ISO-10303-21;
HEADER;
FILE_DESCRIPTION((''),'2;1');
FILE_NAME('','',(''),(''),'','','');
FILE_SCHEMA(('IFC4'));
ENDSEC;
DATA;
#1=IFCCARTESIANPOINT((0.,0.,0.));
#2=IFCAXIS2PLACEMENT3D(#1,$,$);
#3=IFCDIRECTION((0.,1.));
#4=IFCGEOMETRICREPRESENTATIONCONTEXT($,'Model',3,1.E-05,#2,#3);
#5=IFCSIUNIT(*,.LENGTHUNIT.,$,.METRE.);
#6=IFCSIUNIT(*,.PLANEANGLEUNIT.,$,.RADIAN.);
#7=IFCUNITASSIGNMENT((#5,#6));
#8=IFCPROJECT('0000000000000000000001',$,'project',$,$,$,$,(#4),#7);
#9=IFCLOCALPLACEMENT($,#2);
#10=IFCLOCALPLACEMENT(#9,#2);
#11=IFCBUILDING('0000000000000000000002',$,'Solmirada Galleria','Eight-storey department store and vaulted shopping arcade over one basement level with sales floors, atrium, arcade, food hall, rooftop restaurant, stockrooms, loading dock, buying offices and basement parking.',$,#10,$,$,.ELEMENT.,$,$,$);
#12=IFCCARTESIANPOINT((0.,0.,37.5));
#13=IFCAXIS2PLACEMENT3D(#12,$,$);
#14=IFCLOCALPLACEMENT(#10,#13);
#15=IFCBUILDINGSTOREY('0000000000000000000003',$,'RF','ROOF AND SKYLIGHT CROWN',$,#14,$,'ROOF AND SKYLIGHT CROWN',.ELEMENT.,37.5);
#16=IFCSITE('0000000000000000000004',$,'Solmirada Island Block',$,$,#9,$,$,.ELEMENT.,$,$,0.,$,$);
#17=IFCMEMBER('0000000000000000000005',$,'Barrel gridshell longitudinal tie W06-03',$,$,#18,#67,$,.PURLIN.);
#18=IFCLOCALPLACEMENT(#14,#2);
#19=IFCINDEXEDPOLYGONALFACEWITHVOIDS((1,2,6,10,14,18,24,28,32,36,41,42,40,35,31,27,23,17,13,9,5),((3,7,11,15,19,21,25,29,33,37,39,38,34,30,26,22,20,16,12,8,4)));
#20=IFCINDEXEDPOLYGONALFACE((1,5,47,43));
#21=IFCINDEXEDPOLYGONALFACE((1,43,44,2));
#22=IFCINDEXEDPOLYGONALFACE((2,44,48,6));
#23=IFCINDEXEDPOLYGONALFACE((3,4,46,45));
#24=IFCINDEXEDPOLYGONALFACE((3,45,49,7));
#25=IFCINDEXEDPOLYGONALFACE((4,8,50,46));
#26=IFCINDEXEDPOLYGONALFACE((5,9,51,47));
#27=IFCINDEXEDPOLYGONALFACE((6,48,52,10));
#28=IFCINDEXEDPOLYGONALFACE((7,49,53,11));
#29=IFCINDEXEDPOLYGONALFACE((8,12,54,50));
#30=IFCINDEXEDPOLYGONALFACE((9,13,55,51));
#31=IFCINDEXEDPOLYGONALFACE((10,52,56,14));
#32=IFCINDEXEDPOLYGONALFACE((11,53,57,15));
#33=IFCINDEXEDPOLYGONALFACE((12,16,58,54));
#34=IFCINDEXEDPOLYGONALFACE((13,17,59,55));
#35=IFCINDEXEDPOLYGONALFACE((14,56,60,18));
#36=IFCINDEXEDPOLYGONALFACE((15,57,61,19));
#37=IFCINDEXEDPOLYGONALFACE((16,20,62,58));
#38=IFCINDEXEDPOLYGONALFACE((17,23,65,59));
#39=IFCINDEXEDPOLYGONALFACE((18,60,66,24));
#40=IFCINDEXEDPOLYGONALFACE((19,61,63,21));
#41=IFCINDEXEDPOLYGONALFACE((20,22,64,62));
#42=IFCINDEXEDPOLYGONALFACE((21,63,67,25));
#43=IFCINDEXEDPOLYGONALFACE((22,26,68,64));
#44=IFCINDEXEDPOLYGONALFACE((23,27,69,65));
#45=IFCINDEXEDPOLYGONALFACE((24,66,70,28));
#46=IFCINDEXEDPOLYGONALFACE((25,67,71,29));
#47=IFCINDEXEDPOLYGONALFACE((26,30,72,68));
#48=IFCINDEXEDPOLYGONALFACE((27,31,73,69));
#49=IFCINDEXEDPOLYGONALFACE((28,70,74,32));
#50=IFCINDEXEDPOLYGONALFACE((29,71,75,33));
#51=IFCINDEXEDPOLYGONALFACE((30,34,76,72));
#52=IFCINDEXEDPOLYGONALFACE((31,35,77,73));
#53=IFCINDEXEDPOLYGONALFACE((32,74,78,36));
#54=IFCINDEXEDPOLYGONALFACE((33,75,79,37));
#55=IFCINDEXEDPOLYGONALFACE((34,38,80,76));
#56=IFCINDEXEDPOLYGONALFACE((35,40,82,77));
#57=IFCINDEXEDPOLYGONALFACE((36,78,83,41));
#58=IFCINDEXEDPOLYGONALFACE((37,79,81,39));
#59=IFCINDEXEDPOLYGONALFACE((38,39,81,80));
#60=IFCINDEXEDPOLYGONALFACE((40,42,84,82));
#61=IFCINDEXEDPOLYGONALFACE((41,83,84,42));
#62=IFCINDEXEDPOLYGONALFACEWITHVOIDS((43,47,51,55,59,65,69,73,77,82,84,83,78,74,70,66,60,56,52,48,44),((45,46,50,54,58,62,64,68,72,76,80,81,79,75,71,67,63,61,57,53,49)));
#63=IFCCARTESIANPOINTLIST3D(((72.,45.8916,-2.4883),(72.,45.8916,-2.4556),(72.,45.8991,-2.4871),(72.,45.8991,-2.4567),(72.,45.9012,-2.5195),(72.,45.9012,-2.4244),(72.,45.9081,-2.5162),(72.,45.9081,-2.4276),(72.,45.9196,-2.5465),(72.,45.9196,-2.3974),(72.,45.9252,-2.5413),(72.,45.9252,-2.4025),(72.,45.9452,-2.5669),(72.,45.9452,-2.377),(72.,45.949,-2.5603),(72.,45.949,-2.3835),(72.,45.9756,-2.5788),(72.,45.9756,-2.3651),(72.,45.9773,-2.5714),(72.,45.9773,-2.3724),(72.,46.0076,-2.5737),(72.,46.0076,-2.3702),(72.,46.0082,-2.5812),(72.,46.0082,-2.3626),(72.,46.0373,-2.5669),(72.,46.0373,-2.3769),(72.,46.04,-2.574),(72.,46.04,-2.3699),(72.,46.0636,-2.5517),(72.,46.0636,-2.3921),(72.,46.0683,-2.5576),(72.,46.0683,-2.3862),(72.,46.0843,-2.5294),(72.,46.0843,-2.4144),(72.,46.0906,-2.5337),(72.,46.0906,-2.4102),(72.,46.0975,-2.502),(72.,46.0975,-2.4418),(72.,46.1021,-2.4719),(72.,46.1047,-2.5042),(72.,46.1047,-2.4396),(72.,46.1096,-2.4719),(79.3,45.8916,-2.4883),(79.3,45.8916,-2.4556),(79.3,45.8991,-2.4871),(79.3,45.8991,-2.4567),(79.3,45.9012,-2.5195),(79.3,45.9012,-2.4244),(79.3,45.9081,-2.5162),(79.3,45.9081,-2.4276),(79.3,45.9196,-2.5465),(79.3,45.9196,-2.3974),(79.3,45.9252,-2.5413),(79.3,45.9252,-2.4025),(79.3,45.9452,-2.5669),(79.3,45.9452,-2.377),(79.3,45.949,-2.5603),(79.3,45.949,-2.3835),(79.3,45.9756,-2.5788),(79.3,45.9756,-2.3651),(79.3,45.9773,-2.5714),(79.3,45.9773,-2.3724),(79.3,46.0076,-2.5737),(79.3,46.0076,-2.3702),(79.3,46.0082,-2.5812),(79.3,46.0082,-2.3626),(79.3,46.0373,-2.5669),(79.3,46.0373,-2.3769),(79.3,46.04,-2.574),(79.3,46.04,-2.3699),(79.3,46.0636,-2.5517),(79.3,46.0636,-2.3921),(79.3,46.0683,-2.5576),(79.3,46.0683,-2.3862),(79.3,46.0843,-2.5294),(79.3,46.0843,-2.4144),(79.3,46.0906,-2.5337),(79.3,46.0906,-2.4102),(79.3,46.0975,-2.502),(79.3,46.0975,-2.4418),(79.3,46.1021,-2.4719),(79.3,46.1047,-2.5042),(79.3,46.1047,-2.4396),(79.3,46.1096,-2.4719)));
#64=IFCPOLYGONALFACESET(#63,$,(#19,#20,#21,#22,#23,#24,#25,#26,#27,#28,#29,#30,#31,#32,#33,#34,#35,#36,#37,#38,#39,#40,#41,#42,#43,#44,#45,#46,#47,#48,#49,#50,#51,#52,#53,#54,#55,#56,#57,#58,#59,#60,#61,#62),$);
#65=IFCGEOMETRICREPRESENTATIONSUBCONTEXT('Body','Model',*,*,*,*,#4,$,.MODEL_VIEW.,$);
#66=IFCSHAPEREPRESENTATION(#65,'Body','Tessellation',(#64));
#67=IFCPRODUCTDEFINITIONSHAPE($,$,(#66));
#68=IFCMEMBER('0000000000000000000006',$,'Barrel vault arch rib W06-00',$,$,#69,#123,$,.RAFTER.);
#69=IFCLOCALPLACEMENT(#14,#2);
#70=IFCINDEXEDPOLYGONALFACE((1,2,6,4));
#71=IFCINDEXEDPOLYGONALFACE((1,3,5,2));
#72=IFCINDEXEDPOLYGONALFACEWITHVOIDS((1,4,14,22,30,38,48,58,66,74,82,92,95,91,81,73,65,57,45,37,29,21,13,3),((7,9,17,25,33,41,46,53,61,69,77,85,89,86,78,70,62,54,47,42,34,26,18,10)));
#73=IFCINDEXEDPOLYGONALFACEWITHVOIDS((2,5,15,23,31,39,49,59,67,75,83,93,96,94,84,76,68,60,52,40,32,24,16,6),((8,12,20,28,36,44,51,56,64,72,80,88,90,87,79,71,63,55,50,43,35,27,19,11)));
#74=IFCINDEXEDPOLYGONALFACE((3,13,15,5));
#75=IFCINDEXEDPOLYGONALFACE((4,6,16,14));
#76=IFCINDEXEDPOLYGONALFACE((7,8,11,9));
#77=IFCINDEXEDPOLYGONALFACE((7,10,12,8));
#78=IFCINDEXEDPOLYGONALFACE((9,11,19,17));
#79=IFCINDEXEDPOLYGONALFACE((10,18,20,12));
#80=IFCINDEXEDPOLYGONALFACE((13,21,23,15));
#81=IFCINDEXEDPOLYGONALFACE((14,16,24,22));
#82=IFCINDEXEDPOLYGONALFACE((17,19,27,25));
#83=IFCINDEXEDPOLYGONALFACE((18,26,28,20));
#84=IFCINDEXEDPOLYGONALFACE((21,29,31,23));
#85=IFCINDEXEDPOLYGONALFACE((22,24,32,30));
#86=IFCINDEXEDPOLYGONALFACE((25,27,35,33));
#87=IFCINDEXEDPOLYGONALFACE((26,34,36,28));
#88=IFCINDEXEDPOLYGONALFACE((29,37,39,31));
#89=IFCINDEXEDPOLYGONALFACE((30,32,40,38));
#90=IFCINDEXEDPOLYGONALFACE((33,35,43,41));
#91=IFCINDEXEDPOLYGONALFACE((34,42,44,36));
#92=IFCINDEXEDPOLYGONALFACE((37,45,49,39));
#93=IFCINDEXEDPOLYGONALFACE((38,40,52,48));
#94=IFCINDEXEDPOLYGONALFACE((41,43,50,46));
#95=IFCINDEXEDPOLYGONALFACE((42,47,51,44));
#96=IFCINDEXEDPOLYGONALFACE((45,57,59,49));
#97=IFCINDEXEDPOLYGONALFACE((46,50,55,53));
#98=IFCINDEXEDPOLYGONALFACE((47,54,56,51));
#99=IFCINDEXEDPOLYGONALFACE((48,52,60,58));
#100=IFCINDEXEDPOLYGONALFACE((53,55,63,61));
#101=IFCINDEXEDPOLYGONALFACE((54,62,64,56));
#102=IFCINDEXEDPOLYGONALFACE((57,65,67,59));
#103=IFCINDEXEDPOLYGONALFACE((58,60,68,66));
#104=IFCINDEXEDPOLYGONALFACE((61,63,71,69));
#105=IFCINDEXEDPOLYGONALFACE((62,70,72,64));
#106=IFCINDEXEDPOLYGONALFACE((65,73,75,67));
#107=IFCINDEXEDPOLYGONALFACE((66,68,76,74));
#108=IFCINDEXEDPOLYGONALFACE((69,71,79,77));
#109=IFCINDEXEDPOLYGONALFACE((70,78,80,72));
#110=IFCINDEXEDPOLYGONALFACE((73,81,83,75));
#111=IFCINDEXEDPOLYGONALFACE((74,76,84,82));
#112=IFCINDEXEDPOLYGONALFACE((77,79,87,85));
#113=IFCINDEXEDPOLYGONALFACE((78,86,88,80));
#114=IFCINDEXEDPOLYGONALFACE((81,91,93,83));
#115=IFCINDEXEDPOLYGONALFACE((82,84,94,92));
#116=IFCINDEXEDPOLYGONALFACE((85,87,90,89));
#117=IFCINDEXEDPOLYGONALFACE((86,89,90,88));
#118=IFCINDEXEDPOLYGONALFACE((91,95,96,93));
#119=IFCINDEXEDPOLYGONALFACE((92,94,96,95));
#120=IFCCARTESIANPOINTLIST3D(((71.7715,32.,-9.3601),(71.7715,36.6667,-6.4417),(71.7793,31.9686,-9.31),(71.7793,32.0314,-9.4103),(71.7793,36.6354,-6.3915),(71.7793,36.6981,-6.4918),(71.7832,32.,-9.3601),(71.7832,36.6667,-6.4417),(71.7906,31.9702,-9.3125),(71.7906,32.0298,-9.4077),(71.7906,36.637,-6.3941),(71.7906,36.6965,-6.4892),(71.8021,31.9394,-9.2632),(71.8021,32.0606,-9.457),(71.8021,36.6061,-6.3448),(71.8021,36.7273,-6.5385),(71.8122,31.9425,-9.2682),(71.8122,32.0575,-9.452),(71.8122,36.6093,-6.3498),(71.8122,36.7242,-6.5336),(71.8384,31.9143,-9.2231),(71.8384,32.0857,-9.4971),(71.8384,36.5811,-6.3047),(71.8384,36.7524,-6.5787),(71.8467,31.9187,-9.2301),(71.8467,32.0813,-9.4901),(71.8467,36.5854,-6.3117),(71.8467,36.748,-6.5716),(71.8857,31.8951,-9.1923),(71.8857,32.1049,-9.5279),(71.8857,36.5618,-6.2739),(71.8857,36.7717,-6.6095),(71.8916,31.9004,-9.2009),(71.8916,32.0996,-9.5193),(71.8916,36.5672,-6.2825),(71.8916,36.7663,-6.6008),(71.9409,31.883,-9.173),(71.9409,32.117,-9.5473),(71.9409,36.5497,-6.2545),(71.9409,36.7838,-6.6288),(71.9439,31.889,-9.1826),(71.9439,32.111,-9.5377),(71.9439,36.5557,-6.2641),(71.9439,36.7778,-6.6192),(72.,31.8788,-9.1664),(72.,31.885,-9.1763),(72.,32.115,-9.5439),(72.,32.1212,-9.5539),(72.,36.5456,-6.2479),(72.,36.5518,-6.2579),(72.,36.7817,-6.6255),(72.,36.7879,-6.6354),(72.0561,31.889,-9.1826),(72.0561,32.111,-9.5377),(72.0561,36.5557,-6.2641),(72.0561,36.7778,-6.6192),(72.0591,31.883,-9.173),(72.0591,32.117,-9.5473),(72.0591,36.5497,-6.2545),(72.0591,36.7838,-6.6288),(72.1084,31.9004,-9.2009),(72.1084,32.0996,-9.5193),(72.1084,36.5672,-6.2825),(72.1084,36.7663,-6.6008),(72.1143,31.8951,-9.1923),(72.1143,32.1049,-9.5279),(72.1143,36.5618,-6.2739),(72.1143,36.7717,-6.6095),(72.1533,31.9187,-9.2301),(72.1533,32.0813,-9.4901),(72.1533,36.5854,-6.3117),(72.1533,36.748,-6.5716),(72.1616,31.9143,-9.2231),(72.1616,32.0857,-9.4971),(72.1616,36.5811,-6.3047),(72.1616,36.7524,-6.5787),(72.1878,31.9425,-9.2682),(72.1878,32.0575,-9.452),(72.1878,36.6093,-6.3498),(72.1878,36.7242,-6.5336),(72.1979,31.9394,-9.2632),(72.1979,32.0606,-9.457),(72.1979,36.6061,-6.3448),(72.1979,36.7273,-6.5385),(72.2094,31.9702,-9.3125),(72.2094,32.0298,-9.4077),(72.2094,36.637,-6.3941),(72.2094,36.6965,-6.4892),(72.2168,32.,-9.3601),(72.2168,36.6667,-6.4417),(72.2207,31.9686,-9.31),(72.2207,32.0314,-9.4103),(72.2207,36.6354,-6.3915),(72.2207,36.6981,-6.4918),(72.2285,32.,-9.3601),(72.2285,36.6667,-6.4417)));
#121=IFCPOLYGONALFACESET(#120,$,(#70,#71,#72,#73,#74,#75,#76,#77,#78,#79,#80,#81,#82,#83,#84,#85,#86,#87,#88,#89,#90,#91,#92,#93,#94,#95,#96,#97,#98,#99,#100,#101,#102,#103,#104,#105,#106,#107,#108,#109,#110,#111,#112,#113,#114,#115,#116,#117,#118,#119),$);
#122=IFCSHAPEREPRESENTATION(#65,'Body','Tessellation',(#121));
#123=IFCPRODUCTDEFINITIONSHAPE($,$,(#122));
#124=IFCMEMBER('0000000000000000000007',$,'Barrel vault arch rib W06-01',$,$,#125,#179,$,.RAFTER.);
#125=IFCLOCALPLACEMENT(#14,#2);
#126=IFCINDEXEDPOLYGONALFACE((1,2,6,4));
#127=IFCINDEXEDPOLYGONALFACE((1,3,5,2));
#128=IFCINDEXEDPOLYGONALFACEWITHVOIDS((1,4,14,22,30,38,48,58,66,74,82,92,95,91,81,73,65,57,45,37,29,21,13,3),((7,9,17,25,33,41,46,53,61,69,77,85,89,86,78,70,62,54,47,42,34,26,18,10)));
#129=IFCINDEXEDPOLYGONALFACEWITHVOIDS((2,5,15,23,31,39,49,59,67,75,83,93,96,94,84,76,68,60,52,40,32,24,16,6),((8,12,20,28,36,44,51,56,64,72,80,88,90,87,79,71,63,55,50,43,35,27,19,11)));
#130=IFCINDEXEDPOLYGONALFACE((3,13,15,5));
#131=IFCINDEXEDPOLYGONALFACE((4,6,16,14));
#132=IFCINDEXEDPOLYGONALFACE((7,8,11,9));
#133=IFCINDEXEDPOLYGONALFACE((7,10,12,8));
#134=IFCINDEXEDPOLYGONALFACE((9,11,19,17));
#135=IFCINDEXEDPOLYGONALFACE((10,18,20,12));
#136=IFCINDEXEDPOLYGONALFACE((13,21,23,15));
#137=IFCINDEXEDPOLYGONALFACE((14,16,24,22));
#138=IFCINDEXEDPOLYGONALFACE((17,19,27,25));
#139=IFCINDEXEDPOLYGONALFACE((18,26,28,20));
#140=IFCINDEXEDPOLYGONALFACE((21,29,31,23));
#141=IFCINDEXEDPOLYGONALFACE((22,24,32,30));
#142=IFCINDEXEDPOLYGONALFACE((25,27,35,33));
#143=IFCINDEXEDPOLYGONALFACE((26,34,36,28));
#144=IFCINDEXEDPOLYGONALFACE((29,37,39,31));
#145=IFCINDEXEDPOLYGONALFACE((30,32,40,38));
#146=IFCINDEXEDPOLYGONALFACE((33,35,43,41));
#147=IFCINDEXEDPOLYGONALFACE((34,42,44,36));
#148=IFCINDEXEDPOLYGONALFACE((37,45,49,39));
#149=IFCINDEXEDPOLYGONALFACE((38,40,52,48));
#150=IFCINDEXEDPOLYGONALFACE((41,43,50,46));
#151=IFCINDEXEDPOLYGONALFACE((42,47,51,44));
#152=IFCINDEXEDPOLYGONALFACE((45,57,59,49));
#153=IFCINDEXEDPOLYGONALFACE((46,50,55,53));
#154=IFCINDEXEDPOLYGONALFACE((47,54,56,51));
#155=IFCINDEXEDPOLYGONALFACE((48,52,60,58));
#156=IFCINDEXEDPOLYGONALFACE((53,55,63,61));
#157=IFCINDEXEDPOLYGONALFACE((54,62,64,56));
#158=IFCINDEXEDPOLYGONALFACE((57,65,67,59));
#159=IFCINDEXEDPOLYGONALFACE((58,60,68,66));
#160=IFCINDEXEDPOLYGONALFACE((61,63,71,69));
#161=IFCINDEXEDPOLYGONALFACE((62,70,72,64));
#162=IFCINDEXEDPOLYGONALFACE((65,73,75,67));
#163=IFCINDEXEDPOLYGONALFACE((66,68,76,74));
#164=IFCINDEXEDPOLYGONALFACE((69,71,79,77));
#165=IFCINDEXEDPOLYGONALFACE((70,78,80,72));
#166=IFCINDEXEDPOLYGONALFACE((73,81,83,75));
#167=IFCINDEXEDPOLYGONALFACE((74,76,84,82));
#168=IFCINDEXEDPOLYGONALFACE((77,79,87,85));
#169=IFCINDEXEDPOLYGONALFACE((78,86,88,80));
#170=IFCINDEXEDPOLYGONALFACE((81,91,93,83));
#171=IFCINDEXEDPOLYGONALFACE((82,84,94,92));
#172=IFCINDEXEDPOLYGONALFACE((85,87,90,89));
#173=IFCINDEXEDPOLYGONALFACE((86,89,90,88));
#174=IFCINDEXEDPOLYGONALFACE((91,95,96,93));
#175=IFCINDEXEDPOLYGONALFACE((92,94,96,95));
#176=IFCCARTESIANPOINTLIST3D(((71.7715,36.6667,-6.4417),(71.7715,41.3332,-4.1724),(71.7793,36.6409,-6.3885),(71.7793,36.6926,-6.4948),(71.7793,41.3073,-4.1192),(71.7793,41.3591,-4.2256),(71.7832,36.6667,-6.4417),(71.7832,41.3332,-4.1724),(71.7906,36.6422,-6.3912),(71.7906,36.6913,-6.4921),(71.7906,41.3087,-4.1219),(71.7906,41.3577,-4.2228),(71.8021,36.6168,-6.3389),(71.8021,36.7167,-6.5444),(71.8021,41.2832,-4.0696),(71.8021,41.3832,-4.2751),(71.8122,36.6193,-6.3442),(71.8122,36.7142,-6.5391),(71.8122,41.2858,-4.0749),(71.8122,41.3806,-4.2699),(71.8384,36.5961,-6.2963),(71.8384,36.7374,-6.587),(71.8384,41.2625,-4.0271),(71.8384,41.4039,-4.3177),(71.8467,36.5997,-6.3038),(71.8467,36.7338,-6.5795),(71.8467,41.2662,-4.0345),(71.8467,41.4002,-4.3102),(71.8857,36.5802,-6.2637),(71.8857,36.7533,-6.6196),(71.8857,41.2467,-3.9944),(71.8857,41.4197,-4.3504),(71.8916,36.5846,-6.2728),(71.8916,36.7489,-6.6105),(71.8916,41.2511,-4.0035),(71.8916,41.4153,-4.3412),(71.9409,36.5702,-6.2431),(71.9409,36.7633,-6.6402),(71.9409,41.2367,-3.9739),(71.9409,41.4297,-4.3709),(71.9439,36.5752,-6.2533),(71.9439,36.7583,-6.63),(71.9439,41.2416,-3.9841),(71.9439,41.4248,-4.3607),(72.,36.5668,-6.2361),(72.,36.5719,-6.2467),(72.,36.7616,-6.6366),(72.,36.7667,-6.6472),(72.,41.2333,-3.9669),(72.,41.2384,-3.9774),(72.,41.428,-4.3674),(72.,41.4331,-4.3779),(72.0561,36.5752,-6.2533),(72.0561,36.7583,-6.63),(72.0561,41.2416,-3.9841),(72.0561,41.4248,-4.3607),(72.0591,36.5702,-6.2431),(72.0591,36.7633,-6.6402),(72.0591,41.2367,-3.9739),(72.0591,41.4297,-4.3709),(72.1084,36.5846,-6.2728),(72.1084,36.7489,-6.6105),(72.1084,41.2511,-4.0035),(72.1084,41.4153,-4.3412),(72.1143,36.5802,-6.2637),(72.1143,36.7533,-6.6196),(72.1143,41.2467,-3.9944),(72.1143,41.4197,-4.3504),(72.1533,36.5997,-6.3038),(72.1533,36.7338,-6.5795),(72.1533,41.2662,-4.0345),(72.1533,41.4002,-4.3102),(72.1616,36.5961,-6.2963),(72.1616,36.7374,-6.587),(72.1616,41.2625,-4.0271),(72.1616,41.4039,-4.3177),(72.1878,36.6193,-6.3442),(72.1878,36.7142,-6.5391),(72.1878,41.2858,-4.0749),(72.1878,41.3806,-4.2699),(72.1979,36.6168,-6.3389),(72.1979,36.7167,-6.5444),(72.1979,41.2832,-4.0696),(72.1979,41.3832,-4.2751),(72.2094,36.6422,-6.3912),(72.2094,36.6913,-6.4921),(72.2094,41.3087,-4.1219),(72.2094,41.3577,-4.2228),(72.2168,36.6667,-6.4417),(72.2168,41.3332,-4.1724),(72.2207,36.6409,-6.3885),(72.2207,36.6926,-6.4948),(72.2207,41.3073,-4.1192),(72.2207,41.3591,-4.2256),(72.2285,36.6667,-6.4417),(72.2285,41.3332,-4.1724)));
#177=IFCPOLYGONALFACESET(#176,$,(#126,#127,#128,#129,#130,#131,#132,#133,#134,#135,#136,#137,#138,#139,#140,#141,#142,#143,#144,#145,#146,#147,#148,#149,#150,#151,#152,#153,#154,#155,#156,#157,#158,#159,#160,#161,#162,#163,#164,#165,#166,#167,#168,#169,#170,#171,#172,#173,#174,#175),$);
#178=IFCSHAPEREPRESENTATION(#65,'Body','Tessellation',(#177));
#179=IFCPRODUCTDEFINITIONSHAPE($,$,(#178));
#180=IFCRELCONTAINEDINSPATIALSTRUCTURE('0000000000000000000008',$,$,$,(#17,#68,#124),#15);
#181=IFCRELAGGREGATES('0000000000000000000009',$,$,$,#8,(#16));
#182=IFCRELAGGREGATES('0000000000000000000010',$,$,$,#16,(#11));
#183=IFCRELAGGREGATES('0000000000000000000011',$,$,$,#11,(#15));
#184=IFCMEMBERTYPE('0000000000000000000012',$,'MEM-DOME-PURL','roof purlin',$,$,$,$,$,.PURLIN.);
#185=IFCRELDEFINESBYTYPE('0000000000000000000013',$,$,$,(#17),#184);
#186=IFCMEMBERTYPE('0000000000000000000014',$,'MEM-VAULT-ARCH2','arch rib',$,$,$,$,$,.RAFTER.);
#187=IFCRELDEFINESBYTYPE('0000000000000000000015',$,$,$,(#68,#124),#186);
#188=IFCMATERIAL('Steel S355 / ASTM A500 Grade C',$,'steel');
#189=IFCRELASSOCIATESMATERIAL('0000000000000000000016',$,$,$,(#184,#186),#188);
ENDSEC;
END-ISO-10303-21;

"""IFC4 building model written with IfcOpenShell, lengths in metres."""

from ifc_helpers import new_model, si_unit, direction, frame, origin, origin_2d, place, context, subcontext, project, spatial, hollow_circle, extrude, material, material_profile, profile_set, type_object, element, save


model = new_model("IFC4")

# Units and contexts
model_context = context("Model", 3, precision=1e-05, world=origin(), true_north=direction((0.0, 1.0)))
body_context = subcontext(model_context, "Body", "Model", "MODEL_VIEW")
ifc_project = project(units=[si_unit("LENGTHUNIT", "METRE"), si_unit("PLANEANGLEUNIT", "RADIAN")], contexts=[model_context])

# Site, building, storey
site_placement = place(None, origin())
site = spatial("IfcSite", under=ifc_project, at=site_placement, Name="Solmirada Island Block", CompositionType="ELEMENT", RefElevation=0.0)
building_placement = place(site_placement, origin())
building = spatial("IfcBuilding", under=site, at=building_placement, Name="Solmirada Galleria", Description="Eight-storey department store and vaulted shopping arcade over one basement level with sales floors, atrium, arcade, food hall, rooftop restaurant, stockrooms, loading dock, buying offices and basement parking.", CompositionType="ELEMENT")
storey_placement = place(building_placement, frame((0.0, 0.0, 37.5)))
storey = spatial("IfcBuildingStorey", under=building, at=storey_placement, Name="RF", Description="ROOF AND SKYLIGHT CROWN", LongName="ROOF AND SKYLIGHT CROWN", CompositionType="ELEMENT", Elevation=37.5)

# Members
ifc_material_1 = material(Name="Steel S355 / ASTM A500 Grade C", Category="steel")
ifc_material_profile_1 = material_profile(ifc_material_1, hollow_circle(Radius=0.1096, WallThickness=0.0076, at=origin_2d()), Name="HSS8.625X0.322")
ifc_profile_set_1 = profile_set([ifc_material_profile_1], Name="Steel S355 / ASTM A500 Grade C")
member_type_1 = type_object("IfcMemberType", Name="MEM-DOME-PURL", Description="roof purlin", PredefinedType="PURLIN", material=ifc_profile_set_1)
member_1_placement = place(storey_placement, frame((72.0, 46.0, -2.4719), z_axis=(1.0, 0.0, 0.0), x_axis=(0.0, 1.0, 0.0)))
element("IfcMember", 1, at=member_1_placement, inside=storey, type_object=member_type_1, Name="Barrel gridshell longitudinal tie W06-03", PredefinedType="PURLIN", context=body_context, shape_type="SweptSolid", body=[
    extrude(hollow_circle(Radius=0.1096, WallThickness=0.0076, at=origin_2d()), origin(), (0.0, 0.0, 1.0), 7.3),
])
ifc_material_profile_2 = material_profile(ifc_material_1, hollow_circle(Radius=0.2285, WallThickness=0.0117, at=origin_2d()), Name="HSS18.000X0.500")
ifc_profile_set_2 = profile_set([ifc_material_profile_2], Name="Steel S355 / ASTM A500 Grade C")
member_type_2 = type_object("IfcMemberType", Name="MEM-VAULT-ARCH2", Description="arch rib", PredefinedType="RAFTER", material=ifc_profile_set_2)
member_2_placement = place(storey_placement, frame((72.0, 32.0, -9.3601), z_axis=(0.0, 0.847856, 0.530226), x_axis=(-1.0, 0.0, 0.0)))
element("IfcMember", 2, at=member_2_placement, inside=storey, type_object=member_type_2, Name="Barrel vault arch rib W06-00", PredefinedType="RAFTER", context=body_context, shape_type="SweptSolid", body=[
    extrude(hollow_circle(Radius=0.2285, WallThickness=0.0117, at=origin_2d()), origin(), (0.0, 0.0, 1.0), 5.5042),
])
member_3_placement = place(storey_placement, frame((72.0, 36.6667, -6.4417), z_axis=(0.0, 0.899304, 0.437325), x_axis=(-1.0, 0.0, 0.0)))
element("IfcMember", 3, at=member_3_placement, inside=storey, type_object=member_type_2, Name="Barrel vault arch rib W06-01", PredefinedType="RAFTER", context=body_context, shape_type="SweptSolid", body=[
    extrude(hollow_circle(Radius=0.2285, WallThickness=0.0117, at=origin_2d()), origin(), (0.0, 0.0, 1.0), 5.189),
])

save(model, "model.ifc")
